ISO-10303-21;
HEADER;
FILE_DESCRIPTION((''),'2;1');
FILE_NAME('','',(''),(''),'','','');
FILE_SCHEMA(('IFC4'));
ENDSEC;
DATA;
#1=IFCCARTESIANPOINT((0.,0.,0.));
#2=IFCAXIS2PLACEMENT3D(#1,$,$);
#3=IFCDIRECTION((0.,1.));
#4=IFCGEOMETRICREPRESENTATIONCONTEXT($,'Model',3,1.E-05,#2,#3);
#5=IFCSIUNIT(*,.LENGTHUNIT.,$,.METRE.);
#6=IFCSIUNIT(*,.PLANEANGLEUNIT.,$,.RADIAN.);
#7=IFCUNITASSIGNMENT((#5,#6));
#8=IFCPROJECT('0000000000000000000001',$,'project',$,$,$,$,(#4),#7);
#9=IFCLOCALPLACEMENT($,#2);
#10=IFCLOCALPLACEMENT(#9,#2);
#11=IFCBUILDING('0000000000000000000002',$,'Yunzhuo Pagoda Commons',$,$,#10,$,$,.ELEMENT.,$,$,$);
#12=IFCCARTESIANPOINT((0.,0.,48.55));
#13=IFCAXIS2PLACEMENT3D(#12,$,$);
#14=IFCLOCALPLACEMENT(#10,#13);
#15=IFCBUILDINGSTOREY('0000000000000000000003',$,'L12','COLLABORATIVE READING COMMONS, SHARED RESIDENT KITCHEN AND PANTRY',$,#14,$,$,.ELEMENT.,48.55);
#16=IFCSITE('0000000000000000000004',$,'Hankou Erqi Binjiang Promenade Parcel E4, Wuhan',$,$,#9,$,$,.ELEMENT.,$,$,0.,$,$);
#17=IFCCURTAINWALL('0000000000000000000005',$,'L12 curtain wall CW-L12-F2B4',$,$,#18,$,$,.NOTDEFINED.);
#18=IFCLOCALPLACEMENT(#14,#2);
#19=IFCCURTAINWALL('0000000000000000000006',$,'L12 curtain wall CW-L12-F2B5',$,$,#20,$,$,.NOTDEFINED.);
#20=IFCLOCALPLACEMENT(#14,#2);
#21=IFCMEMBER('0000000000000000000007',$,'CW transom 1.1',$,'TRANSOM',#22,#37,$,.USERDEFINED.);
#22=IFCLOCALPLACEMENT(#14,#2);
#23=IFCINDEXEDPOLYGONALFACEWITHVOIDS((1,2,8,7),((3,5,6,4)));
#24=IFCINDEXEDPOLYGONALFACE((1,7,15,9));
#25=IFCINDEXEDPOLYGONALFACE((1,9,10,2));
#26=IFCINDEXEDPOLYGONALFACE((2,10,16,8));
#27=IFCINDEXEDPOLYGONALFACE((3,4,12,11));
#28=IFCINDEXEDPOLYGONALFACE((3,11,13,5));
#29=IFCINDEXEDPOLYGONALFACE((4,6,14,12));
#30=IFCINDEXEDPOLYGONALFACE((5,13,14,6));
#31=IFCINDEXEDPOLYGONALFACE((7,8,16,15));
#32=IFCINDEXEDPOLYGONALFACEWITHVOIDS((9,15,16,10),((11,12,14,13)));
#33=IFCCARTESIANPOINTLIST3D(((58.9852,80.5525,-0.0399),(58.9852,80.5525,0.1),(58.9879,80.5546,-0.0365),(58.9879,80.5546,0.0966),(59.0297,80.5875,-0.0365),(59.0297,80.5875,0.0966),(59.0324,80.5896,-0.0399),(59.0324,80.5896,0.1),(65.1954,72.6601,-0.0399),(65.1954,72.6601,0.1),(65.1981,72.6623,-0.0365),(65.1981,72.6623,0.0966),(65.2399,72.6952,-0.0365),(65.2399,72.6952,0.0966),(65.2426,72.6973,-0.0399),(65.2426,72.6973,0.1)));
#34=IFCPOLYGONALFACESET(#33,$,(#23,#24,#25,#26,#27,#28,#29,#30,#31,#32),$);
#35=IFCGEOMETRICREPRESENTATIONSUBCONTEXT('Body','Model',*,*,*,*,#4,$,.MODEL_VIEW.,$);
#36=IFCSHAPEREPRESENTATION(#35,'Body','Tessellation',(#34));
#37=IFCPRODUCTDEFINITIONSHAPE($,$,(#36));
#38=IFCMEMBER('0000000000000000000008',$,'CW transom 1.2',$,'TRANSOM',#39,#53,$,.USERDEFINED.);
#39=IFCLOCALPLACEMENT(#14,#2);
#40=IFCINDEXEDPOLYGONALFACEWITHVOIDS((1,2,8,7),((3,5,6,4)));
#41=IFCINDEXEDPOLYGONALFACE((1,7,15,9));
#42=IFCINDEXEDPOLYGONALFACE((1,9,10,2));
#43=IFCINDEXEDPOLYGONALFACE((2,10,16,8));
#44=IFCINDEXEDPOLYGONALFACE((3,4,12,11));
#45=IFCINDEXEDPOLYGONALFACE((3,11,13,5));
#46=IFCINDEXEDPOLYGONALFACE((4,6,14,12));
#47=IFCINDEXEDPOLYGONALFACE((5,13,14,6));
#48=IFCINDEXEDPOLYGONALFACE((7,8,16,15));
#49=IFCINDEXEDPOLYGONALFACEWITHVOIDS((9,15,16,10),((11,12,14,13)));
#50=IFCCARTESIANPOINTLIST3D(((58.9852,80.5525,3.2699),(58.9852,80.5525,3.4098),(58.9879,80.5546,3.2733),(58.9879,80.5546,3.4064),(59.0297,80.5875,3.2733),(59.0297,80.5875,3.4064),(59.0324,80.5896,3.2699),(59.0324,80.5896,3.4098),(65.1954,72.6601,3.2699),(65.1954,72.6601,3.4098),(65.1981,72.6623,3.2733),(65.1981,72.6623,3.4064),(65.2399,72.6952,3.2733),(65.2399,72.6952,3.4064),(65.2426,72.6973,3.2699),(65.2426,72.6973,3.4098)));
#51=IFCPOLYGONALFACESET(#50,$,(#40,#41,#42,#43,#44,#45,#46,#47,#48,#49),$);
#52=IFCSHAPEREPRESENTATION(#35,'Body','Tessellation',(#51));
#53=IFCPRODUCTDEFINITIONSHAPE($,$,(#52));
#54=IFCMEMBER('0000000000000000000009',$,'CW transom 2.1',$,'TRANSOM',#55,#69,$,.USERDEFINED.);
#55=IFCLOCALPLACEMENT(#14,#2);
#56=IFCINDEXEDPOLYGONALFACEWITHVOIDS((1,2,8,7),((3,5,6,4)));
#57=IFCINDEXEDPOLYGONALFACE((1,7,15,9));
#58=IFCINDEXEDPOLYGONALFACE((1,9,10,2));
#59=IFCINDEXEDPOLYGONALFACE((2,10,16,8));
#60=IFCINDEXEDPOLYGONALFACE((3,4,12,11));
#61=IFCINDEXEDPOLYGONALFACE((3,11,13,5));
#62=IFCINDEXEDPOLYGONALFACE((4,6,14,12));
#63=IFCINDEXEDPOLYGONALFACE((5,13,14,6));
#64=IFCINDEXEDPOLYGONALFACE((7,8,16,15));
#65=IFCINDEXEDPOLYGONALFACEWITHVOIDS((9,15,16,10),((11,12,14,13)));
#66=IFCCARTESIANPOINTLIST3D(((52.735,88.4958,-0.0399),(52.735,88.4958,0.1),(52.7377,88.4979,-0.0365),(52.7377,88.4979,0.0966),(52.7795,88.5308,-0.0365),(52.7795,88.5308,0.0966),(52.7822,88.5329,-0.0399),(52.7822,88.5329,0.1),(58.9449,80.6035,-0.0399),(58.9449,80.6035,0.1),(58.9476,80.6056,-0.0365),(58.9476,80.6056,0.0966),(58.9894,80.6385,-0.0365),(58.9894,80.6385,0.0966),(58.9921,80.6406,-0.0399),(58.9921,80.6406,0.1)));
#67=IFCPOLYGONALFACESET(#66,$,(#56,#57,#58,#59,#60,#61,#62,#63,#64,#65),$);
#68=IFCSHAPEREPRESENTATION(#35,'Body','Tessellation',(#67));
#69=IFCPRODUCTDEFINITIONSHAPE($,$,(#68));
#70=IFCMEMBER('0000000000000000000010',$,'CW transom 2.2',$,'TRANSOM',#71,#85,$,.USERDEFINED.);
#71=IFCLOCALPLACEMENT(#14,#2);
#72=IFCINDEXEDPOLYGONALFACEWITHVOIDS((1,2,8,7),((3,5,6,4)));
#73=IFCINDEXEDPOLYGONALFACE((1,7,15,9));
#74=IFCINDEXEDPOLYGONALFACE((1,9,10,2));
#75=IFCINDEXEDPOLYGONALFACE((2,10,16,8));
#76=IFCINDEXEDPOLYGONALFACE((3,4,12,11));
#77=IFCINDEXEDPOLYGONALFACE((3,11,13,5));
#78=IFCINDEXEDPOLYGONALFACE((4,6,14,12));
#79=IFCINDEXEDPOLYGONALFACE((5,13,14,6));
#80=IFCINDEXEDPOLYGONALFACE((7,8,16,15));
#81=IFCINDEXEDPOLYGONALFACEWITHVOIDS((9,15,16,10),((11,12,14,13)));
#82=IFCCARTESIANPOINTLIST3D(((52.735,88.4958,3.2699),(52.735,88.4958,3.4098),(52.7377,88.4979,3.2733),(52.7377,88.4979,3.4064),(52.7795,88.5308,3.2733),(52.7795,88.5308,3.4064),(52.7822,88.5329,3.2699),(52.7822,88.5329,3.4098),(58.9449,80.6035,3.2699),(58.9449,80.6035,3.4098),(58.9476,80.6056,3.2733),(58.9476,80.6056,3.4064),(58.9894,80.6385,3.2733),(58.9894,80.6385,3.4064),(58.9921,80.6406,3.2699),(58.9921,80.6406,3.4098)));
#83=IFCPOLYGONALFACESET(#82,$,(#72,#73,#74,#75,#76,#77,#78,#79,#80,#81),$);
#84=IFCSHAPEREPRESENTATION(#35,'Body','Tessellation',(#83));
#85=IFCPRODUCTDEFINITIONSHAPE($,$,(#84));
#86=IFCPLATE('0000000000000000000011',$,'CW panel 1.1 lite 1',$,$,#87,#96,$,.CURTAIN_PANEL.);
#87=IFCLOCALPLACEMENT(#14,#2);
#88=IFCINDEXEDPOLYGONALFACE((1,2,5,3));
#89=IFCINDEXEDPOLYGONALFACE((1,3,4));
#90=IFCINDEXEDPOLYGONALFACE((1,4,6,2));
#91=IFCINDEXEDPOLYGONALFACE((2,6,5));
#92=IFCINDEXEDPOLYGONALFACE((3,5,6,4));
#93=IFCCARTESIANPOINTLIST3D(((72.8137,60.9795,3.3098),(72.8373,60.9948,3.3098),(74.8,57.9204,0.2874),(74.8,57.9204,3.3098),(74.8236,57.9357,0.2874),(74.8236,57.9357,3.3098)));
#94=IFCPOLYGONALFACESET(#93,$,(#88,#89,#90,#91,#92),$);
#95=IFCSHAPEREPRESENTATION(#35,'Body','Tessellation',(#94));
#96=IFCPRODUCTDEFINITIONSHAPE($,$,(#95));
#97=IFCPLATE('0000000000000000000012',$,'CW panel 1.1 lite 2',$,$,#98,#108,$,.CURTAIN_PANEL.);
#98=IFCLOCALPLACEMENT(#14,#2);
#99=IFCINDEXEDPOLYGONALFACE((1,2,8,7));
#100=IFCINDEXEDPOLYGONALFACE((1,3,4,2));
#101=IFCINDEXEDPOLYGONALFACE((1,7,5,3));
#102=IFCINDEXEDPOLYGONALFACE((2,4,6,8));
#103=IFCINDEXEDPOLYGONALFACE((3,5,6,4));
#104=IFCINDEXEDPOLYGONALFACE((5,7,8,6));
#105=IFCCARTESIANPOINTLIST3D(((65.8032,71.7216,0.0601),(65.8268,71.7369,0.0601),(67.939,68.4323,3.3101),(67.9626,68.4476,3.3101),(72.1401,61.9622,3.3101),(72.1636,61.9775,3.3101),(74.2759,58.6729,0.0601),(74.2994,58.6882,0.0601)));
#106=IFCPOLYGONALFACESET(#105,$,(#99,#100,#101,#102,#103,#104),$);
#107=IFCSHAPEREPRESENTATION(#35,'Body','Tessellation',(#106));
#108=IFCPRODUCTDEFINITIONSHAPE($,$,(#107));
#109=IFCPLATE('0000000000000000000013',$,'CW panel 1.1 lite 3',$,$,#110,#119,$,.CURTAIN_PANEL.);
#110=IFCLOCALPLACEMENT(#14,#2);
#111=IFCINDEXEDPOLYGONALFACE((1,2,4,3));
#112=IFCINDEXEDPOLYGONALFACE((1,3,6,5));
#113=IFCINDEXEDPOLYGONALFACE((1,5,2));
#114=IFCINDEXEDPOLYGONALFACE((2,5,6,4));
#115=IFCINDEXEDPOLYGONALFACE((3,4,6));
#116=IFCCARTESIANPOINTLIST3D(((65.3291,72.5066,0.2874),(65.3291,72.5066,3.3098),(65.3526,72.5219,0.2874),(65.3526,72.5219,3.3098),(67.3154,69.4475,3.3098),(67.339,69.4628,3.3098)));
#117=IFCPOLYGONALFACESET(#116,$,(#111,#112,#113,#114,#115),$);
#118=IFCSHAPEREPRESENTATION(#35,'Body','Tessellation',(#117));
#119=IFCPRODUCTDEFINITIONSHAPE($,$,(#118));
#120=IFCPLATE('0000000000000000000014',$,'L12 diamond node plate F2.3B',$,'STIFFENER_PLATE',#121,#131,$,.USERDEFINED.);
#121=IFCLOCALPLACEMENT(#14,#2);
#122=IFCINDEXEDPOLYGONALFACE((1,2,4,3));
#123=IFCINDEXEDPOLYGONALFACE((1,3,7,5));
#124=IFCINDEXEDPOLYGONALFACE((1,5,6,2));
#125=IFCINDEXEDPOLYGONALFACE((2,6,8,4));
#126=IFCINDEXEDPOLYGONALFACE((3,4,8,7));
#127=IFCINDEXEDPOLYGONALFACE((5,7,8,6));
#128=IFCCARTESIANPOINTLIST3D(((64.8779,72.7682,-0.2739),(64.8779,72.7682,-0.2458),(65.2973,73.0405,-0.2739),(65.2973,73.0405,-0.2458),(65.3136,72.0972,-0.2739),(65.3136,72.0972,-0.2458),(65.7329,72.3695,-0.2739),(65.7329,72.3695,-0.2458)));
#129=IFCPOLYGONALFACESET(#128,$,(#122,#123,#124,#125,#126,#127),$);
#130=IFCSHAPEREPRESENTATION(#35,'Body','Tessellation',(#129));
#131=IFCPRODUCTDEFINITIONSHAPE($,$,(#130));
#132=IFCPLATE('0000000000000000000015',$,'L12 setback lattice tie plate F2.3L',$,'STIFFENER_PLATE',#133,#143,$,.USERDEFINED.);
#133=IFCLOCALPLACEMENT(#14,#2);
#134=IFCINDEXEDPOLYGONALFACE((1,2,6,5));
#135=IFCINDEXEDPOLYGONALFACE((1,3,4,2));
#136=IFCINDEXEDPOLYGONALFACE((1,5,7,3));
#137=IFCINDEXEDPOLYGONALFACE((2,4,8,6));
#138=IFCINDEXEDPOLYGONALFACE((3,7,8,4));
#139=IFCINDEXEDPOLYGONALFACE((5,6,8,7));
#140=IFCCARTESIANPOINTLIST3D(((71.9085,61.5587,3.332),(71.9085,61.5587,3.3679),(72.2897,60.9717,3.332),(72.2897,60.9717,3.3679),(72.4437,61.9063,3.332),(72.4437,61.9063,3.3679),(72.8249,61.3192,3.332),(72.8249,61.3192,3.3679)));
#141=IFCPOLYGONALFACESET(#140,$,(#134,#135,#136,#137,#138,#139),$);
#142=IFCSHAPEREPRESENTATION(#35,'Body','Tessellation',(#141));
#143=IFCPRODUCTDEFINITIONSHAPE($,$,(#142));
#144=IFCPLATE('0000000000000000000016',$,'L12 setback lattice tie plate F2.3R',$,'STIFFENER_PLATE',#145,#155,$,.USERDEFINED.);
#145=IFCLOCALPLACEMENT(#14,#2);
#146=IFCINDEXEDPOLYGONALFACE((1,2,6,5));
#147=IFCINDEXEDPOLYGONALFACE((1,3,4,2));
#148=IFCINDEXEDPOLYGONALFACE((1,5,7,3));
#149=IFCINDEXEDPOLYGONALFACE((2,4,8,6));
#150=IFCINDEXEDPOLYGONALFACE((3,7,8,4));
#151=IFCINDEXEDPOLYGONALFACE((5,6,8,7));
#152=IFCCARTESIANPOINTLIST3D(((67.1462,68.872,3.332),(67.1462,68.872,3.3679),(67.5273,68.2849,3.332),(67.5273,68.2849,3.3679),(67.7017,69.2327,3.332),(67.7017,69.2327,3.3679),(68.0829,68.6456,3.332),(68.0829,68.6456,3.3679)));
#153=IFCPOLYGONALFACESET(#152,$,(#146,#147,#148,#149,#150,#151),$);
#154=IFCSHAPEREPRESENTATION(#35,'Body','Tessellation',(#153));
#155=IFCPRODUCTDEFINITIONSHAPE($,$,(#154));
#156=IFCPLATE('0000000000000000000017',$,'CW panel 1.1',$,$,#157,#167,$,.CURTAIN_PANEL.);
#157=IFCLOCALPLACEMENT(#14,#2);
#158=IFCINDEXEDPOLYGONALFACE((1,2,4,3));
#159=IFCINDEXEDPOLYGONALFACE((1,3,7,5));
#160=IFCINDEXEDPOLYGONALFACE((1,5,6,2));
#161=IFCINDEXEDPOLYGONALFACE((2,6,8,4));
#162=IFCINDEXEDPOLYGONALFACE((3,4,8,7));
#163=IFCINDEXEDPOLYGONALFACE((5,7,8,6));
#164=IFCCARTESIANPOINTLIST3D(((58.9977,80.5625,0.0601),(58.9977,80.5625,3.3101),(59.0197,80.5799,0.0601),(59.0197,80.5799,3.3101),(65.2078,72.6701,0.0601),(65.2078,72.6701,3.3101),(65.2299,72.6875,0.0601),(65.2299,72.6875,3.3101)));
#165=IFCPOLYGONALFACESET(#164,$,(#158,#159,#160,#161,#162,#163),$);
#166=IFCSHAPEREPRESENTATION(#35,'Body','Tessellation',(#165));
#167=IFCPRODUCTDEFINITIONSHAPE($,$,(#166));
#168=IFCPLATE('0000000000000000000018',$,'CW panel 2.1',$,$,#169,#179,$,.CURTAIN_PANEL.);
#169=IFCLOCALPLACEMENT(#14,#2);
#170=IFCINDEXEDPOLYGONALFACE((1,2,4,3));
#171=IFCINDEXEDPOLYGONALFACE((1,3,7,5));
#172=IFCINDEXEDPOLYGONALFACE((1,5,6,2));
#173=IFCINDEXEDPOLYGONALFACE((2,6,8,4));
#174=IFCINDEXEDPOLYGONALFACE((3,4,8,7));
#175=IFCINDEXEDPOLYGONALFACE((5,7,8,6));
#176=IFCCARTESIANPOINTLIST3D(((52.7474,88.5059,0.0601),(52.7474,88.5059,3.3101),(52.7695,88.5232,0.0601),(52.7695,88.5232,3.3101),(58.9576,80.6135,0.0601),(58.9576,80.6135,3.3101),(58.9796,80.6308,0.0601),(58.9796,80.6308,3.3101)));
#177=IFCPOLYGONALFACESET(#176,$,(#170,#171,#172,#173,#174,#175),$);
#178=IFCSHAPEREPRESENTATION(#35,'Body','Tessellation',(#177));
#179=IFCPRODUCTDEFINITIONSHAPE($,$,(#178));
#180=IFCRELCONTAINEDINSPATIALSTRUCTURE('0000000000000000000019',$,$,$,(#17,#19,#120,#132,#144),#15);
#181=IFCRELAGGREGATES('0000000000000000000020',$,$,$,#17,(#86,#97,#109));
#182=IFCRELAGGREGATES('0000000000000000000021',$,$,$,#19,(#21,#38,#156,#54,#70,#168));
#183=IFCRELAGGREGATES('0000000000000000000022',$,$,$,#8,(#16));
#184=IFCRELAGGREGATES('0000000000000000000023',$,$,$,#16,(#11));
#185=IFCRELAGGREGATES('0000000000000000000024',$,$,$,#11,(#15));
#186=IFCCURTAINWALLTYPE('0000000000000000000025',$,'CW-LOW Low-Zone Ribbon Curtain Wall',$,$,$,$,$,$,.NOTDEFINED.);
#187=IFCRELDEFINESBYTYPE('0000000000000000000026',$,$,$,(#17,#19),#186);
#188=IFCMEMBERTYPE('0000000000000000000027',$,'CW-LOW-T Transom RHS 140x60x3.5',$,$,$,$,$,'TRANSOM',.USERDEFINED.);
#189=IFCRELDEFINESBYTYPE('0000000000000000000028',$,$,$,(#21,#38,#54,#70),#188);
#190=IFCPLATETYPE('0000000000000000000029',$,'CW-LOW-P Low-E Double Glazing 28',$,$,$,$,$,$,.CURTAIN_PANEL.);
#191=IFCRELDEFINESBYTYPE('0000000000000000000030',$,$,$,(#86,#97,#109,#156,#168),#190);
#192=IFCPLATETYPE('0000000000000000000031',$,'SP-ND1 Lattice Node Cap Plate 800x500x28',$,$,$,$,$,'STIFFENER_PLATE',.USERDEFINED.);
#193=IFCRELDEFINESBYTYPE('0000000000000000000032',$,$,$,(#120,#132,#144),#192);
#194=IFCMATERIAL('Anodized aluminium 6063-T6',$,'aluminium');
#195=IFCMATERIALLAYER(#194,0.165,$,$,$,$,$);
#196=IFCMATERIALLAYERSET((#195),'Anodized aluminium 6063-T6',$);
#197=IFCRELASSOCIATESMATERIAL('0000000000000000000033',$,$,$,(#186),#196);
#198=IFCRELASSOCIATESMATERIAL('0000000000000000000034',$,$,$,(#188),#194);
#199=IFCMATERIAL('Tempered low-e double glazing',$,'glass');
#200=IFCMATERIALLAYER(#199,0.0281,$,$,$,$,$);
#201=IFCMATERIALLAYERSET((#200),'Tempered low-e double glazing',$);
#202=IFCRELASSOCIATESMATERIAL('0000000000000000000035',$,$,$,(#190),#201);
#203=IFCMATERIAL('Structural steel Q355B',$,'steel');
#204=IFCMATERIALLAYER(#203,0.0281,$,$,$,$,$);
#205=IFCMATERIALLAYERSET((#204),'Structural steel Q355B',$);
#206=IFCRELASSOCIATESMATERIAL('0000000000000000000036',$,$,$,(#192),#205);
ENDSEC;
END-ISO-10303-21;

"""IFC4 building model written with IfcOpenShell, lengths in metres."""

from ifc_helpers import new_model, si_unit, direction, frame, origin, origin_2d, place, context, subcontext, project, spatial, polyline, rectangle, hollow_rectangle, outline, extrude, source, transform, mapped, material, layer, layer_set, material_profile, profile_set, type_object, element, aggregate, save


model = new_model("IFC4")

# Units and contexts
model_context = context("Model", 3, precision=1e-05, world=origin(), true_north=direction((0.0, 1.0)))
body_context = subcontext(model_context, "Body", "Model", "MODEL_VIEW")
ifc_project = project(units=[si_unit("LENGTHUNIT", "METRE"), si_unit("PLANEANGLEUNIT", "RADIAN")], contexts=[model_context])

# Site, building, storey
site_placement = place(None, origin())
site = spatial("IfcSite", under=ifc_project, at=site_placement, Name="Hankou Erqi Binjiang Promenade Parcel E4, Wuhan", CompositionType="ELEMENT", RefElevation=0.0)
building_placement = place(site_placement, origin())
building = spatial("IfcBuilding", under=site, at=building_placement, Name="Yunzhuo Pagoda Commons", CompositionType="ELEMENT")
storey_placement = place(building_placement, frame((0.0, 0.0, 48.55)))
storey = spatial("IfcBuildingStorey", under=building, at=storey_placement, Name="L12", Description="COLLABORATIVE READING COMMONS, SHARED RESIDENT KITCHEN AND PANTRY", CompositionType="ELEMENT", Elevation=48.55)

# Shared definitions
ifc_material_1 = material(Name="Structural steel Q355B", Category="steel")

# Curtain wall
ifc_material_2 = material(Name="Anodized aluminium 6063-T6", Category="aluminium")
ifc_layer_1 = layer(ifc_material_2, 0.165)
ifc_layer_set_1 = layer_set([ifc_layer_1], Name="Anodized aluminium 6063-T6")
curtain_wall_type = type_object("IfcCurtainWallType", Name="CW-LOW Low-Zone Ribbon Curtain Wall", PredefinedType="NOTDEFINED", material=ifc_layer_set_1)
curtain_wall_1_placement = place(storey_placement, origin())
curtain_wall_1 = element("IfcCurtainWall", 1, at=curtain_wall_1_placement, inside=storey, type_object=curtain_wall_type, Name="L12 curtain wall CW-L12-F2B4", PredefinedType="NOTDEFINED")

# Curtain wall, members
curtain_wall_2_placement = place(storey_placement, origin())
curtain_wall_2 = element("IfcCurtainWall", 2, at=curtain_wall_2_placement, inside=storey, type_object=curtain_wall_type, Name="L12 curtain wall CW-L12-F2B5", PredefinedType="NOTDEFINED")
ifc_material_profile_1 = material_profile(ifc_material_2, hollow_rectangle(XDim=0.0601, YDim=0.1399, WallThickness=0.0034, at=origin_2d()), Name="Anodized aluminium 6063-T6")
ifc_profile_set_1 = profile_set([ifc_material_profile_1], Name="Anodized aluminium 6063-T6")
member_type_1 = type_object("IfcMemberType", Name="CW-LOW-T Transom RHS 140x60x3.5", ElementType="TRANSOM", PredefinedType="USERDEFINED", material=ifc_profile_set_1)
shared_shape_1 = source(origin(), body_context, "Body", "SweptSolid", [
    extrude(hollow_rectangle(XDim=0.0601, YDim=0.1399, WallThickness=0.0034, at=origin_2d()), origin(), (0.0, 0.0, 1.0), 10.0427),
])
member_1_placement = place(storey_placement, frame((65.219, 72.6787, 0.03), z_axis=(-0.618381, 0.785879, 0.0), x_axis=(-0.785879, -0.618381, 0.0)))
member_1 = element("IfcMember", 3, at=member_1_placement, type_object=member_type_1, Name="CW transom 1.1", ObjectType="TRANSOM", PredefinedType="USERDEFINED", context=body_context, shape_type="MappedRepresentation", body=[
    mapped(shared_shape_1, transform((0.0, 0.0, 0.0), scale=1.0)),
])
member_2_placement = place(storey_placement, frame((65.219, 72.6787, 3.3398), z_axis=(-0.618381, 0.785879, 0.0), x_axis=(-0.785879, -0.618381, 0.0)))
member_2 = element("IfcMember", 4, at=member_2_placement, type_object=member_type_1, Name="CW transom 1.2", ObjectType="TRANSOM", PredefinedType="USERDEFINED", context=body_context, shape_type="MappedRepresentation", body=[
    mapped(shared_shape_1, transform((0.0, 0.0, 0.0), scale=1.0)),
])
shared_shape_2 = source(origin(), body_context, "Body", "SweptSolid", [
    extrude(hollow_rectangle(XDim=0.0601, YDim=0.1399, WallThickness=0.0034, at=origin_2d()), origin(), (0.0, 0.0, 1.0), 10.0425),
])
member_3_placement = place(storey_placement, frame((58.9685, 80.6221, 0.03), z_axis=(-0.618366, 0.78589, 0.0), x_axis=(-0.78589, -0.618366, 0.0)))
member_3 = element("IfcMember", 5, at=member_3_placement, type_object=member_type_1, Name="CW transom 2.1", ObjectType="TRANSOM", PredefinedType="USERDEFINED", context=body_context, shape_type="MappedRepresentation", body=[
    mapped(shared_shape_2, transform((0.0, 0.0, 0.0), scale=1.0)),
])
member_4_placement = place(storey_placement, frame((58.9685, 80.6221, 3.3398), z_axis=(-0.618366, 0.78589, 0.0), x_axis=(-0.78589, -0.618366, 0.0)))
member_4 = element("IfcMember", 6, at=member_4_placement, type_object=member_type_1, Name="CW transom 2.2", ObjectType="TRANSOM", PredefinedType="USERDEFINED", context=body_context, shape_type="MappedRepresentation", body=[
    mapped(shared_shape_2, transform((0.0, 0.0, 0.0), scale=1.0)),
])

# Plates
ifc_material_3 = material(Name="Tempered low-e double glazing", Category="glass")
ifc_layer_2 = layer(ifc_material_3, 0.0281)
ifc_layer_set_2 = layer_set([ifc_layer_2], Name="Tempered low-e double glazing")
plate_type_1 = type_object("IfcPlateType", Name="CW-LOW-P Low-E Double Glazing 28", PredefinedType="CURTAIN_PANEL", material=ifc_layer_set_2)
plate_1_placement = place(storey_placement, frame((73.8069, 59.45, 1.7986), z_axis=(0.83871, 0.544579, 0.0), x_axis=(-0.544579, 0.83871, 0.0)))
plate_1 = element("IfcPlate", 7, at=plate_1_placement, type_object=plate_type_1, Name="CW panel 1.1 lite 1", PredefinedType="CURTAIN_PANEL", context=body_context, shape_type="SweptSolid", body=[
    extrude(outline(polyline([(-1.8237, -1.5112), (1.8237, 1.5112), (-1.8237, 1.5112), (-1.8237, -1.5112)])), origin(), (0.0, 0.0, 1.0), 0.0281),
])
plate_2_placement = place(storey_placement, frame((70.0396, 65.1973, 1.6851), z_axis=(0.83871, 0.544579, 0.0), x_axis=(-0.544579, 0.83871, 0.0)))
plate_2 = element("IfcPlate", 8, at=plate_2_placement, type_object=plate_type_1, Name="CW panel 1.1 lite 2", PredefinedType="CURTAIN_PANEL", context=body_context, shape_type="SweptSolid", body=[
    extrude(outline(polyline([(-7.7791, -1.625), (7.7791, -1.625), (3.8572, 1.625), (-3.8572, 1.625), (-7.7791, -1.625)])), origin(), (0.0, 0.0, 1.0), 0.0281),
])
plate_3_placement = place(storey_placement, frame((66.3223, 70.9771, 1.7986), z_axis=(0.83871, 0.544579, 0.0), x_axis=(-0.544579, 0.83871, 0.0)))
plate_3 = element("IfcPlate", 9, at=plate_3_placement, type_object=plate_type_1, Name="CW panel 1.1 lite 3", PredefinedType="CURTAIN_PANEL", context=body_context, shape_type="SweptSolid", body=[
    extrude(outline(polyline([(-1.8237, 1.5112), (1.8237, -1.5112), (1.8237, 1.5112), (-1.8237, 1.5112)])), origin(), (0.0, 0.0, 1.0), 0.0281),
])
aggregate(curtain_wall_1, [plate_1, plate_2, plate_3])

# Plates
ifc_layer_3 = layer(ifc_material_1, 0.0281)
ifc_layer_set_3 = layer_set([ifc_layer_3], Name="Structural steel Q355B")
plate_type_2 = type_object("IfcPlateType", Name="SP-ND1 Lattice Node Cap Plate 800x500x28", ElementType="STIFFENER_PLATE", PredefinedType="USERDEFINED", material=ifc_layer_set_3)
shared_shape_3 = source(origin(), body_context, "Body", "SweptSolid", [
    extrude(rectangle(XDim=0.8, YDim=0.5, at=origin_2d()), origin(), (0.0, 0.0, 1.0), 0.0281),
])
plate_4_placement = place(storey_placement, frame((65.3054, 72.5688, -0.2739), z_axis=(0.0, 0.0, 1.0), x_axis=(-0.54458, 0.838709, 0.0)))
element("IfcPlate", 10, at=plate_4_placement, inside=storey, type_object=plate_type_2, Name="L12 diamond node plate F2.3B", ObjectType="STIFFENER_PLATE", PredefinedType="USERDEFINED", context=body_context, shape_type="MappedRepresentation", body=[
    mapped(shared_shape_3, transform((0.0, 0.0, 0.0), scale=1.0)),
])
shared_shape_4 = source(origin(), body_context, "Body", "SweptSolid", [
    extrude(rectangle(XDim=0.7, YDim=0.6382, at=origin_2d()), origin(), (0.0, 0.0, 1.0), 0.0359),
])
plate_5_placement = place(storey_placement, frame((72.3667, 61.439, 3.332), z_axis=(0.0, 0.0, 1.0), x_axis=(-0.54458, 0.838709, 0.0)))
element("IfcPlate", 11, at=plate_5_placement, inside=storey, type_object=plate_type_2, Name="L12 setback lattice tie plate F2.3L", ObjectType="STIFFENER_PLATE", PredefinedType="USERDEFINED", context=body_context, shape_type="MappedRepresentation", body=[
    mapped(shared_shape_4, transform((0.0, 0.0, 0.0), scale=1.0)),
])
shared_shape_5 = source(origin(), body_context, "Body", "SweptSolid", [
    extrude(rectangle(XDim=0.7, YDim=0.6624, at=origin_2d()), origin(), (0.0, 0.0, 1.0), 0.0359),
])
plate_6_placement = place(storey_placement, frame((67.6145, 68.7588, 3.332), z_axis=(0.0, 0.0, 1.0), x_axis=(-0.54458, 0.838709, 0.0)))
element("IfcPlate", 12, at=plate_6_placement, inside=storey, type_object=plate_type_2, Name="L12 setback lattice tie plate F2.3R", ObjectType="STIFFENER_PLATE", PredefinedType="USERDEFINED", context=body_context, shape_type="MappedRepresentation", body=[
    mapped(shared_shape_5, transform((0.0, 0.0, 0.0), scale=1.0)),
])

# Plates
shared_shape_6 = source(origin(), body_context, "Body", "SweptSolid", [
    extrude(rectangle(XDim=10.0427, YDim=0.0281, at=origin_2d()), origin(), (0.0, 0.0, 1.0), 3.25),
])
plate_7_placement = place(storey_placement, frame((62.1138, 76.625, 0.0601), z_axis=(0.0, 0.0, 1.0), x_axis=(-0.618375, 0.785883, 0.0)))
plate_7 = element("IfcPlate", 13, at=plate_7_placement, type_object=plate_type_1, Name="CW panel 1.1", PredefinedType="CURTAIN_PANEL", context=body_context, shape_type="MappedRepresentation", body=[
    mapped(shared_shape_6, transform((0.0, 0.0, 0.0), scale=1.0)),
])
plate_8_placement = place(storey_placement, frame((55.8635, 84.5684, 0.0601), z_axis=(0.0, 0.0, 1.0), x_axis=(-0.618375, 0.785883, 0.0)))
plate_8 = element("IfcPlate", 14, at=plate_8_placement, type_object=plate_type_1, Name="CW panel 2.1", PredefinedType="CURTAIN_PANEL", context=body_context, shape_type="MappedRepresentation", body=[
    mapped(shared_shape_6, transform((0.0, 0.0, 0.0), scale=1.0)),
])
aggregate(curtain_wall_2, [member_1, member_2, plate_7, member_3, member_4, plate_8])

save(model, "model.ifc")
